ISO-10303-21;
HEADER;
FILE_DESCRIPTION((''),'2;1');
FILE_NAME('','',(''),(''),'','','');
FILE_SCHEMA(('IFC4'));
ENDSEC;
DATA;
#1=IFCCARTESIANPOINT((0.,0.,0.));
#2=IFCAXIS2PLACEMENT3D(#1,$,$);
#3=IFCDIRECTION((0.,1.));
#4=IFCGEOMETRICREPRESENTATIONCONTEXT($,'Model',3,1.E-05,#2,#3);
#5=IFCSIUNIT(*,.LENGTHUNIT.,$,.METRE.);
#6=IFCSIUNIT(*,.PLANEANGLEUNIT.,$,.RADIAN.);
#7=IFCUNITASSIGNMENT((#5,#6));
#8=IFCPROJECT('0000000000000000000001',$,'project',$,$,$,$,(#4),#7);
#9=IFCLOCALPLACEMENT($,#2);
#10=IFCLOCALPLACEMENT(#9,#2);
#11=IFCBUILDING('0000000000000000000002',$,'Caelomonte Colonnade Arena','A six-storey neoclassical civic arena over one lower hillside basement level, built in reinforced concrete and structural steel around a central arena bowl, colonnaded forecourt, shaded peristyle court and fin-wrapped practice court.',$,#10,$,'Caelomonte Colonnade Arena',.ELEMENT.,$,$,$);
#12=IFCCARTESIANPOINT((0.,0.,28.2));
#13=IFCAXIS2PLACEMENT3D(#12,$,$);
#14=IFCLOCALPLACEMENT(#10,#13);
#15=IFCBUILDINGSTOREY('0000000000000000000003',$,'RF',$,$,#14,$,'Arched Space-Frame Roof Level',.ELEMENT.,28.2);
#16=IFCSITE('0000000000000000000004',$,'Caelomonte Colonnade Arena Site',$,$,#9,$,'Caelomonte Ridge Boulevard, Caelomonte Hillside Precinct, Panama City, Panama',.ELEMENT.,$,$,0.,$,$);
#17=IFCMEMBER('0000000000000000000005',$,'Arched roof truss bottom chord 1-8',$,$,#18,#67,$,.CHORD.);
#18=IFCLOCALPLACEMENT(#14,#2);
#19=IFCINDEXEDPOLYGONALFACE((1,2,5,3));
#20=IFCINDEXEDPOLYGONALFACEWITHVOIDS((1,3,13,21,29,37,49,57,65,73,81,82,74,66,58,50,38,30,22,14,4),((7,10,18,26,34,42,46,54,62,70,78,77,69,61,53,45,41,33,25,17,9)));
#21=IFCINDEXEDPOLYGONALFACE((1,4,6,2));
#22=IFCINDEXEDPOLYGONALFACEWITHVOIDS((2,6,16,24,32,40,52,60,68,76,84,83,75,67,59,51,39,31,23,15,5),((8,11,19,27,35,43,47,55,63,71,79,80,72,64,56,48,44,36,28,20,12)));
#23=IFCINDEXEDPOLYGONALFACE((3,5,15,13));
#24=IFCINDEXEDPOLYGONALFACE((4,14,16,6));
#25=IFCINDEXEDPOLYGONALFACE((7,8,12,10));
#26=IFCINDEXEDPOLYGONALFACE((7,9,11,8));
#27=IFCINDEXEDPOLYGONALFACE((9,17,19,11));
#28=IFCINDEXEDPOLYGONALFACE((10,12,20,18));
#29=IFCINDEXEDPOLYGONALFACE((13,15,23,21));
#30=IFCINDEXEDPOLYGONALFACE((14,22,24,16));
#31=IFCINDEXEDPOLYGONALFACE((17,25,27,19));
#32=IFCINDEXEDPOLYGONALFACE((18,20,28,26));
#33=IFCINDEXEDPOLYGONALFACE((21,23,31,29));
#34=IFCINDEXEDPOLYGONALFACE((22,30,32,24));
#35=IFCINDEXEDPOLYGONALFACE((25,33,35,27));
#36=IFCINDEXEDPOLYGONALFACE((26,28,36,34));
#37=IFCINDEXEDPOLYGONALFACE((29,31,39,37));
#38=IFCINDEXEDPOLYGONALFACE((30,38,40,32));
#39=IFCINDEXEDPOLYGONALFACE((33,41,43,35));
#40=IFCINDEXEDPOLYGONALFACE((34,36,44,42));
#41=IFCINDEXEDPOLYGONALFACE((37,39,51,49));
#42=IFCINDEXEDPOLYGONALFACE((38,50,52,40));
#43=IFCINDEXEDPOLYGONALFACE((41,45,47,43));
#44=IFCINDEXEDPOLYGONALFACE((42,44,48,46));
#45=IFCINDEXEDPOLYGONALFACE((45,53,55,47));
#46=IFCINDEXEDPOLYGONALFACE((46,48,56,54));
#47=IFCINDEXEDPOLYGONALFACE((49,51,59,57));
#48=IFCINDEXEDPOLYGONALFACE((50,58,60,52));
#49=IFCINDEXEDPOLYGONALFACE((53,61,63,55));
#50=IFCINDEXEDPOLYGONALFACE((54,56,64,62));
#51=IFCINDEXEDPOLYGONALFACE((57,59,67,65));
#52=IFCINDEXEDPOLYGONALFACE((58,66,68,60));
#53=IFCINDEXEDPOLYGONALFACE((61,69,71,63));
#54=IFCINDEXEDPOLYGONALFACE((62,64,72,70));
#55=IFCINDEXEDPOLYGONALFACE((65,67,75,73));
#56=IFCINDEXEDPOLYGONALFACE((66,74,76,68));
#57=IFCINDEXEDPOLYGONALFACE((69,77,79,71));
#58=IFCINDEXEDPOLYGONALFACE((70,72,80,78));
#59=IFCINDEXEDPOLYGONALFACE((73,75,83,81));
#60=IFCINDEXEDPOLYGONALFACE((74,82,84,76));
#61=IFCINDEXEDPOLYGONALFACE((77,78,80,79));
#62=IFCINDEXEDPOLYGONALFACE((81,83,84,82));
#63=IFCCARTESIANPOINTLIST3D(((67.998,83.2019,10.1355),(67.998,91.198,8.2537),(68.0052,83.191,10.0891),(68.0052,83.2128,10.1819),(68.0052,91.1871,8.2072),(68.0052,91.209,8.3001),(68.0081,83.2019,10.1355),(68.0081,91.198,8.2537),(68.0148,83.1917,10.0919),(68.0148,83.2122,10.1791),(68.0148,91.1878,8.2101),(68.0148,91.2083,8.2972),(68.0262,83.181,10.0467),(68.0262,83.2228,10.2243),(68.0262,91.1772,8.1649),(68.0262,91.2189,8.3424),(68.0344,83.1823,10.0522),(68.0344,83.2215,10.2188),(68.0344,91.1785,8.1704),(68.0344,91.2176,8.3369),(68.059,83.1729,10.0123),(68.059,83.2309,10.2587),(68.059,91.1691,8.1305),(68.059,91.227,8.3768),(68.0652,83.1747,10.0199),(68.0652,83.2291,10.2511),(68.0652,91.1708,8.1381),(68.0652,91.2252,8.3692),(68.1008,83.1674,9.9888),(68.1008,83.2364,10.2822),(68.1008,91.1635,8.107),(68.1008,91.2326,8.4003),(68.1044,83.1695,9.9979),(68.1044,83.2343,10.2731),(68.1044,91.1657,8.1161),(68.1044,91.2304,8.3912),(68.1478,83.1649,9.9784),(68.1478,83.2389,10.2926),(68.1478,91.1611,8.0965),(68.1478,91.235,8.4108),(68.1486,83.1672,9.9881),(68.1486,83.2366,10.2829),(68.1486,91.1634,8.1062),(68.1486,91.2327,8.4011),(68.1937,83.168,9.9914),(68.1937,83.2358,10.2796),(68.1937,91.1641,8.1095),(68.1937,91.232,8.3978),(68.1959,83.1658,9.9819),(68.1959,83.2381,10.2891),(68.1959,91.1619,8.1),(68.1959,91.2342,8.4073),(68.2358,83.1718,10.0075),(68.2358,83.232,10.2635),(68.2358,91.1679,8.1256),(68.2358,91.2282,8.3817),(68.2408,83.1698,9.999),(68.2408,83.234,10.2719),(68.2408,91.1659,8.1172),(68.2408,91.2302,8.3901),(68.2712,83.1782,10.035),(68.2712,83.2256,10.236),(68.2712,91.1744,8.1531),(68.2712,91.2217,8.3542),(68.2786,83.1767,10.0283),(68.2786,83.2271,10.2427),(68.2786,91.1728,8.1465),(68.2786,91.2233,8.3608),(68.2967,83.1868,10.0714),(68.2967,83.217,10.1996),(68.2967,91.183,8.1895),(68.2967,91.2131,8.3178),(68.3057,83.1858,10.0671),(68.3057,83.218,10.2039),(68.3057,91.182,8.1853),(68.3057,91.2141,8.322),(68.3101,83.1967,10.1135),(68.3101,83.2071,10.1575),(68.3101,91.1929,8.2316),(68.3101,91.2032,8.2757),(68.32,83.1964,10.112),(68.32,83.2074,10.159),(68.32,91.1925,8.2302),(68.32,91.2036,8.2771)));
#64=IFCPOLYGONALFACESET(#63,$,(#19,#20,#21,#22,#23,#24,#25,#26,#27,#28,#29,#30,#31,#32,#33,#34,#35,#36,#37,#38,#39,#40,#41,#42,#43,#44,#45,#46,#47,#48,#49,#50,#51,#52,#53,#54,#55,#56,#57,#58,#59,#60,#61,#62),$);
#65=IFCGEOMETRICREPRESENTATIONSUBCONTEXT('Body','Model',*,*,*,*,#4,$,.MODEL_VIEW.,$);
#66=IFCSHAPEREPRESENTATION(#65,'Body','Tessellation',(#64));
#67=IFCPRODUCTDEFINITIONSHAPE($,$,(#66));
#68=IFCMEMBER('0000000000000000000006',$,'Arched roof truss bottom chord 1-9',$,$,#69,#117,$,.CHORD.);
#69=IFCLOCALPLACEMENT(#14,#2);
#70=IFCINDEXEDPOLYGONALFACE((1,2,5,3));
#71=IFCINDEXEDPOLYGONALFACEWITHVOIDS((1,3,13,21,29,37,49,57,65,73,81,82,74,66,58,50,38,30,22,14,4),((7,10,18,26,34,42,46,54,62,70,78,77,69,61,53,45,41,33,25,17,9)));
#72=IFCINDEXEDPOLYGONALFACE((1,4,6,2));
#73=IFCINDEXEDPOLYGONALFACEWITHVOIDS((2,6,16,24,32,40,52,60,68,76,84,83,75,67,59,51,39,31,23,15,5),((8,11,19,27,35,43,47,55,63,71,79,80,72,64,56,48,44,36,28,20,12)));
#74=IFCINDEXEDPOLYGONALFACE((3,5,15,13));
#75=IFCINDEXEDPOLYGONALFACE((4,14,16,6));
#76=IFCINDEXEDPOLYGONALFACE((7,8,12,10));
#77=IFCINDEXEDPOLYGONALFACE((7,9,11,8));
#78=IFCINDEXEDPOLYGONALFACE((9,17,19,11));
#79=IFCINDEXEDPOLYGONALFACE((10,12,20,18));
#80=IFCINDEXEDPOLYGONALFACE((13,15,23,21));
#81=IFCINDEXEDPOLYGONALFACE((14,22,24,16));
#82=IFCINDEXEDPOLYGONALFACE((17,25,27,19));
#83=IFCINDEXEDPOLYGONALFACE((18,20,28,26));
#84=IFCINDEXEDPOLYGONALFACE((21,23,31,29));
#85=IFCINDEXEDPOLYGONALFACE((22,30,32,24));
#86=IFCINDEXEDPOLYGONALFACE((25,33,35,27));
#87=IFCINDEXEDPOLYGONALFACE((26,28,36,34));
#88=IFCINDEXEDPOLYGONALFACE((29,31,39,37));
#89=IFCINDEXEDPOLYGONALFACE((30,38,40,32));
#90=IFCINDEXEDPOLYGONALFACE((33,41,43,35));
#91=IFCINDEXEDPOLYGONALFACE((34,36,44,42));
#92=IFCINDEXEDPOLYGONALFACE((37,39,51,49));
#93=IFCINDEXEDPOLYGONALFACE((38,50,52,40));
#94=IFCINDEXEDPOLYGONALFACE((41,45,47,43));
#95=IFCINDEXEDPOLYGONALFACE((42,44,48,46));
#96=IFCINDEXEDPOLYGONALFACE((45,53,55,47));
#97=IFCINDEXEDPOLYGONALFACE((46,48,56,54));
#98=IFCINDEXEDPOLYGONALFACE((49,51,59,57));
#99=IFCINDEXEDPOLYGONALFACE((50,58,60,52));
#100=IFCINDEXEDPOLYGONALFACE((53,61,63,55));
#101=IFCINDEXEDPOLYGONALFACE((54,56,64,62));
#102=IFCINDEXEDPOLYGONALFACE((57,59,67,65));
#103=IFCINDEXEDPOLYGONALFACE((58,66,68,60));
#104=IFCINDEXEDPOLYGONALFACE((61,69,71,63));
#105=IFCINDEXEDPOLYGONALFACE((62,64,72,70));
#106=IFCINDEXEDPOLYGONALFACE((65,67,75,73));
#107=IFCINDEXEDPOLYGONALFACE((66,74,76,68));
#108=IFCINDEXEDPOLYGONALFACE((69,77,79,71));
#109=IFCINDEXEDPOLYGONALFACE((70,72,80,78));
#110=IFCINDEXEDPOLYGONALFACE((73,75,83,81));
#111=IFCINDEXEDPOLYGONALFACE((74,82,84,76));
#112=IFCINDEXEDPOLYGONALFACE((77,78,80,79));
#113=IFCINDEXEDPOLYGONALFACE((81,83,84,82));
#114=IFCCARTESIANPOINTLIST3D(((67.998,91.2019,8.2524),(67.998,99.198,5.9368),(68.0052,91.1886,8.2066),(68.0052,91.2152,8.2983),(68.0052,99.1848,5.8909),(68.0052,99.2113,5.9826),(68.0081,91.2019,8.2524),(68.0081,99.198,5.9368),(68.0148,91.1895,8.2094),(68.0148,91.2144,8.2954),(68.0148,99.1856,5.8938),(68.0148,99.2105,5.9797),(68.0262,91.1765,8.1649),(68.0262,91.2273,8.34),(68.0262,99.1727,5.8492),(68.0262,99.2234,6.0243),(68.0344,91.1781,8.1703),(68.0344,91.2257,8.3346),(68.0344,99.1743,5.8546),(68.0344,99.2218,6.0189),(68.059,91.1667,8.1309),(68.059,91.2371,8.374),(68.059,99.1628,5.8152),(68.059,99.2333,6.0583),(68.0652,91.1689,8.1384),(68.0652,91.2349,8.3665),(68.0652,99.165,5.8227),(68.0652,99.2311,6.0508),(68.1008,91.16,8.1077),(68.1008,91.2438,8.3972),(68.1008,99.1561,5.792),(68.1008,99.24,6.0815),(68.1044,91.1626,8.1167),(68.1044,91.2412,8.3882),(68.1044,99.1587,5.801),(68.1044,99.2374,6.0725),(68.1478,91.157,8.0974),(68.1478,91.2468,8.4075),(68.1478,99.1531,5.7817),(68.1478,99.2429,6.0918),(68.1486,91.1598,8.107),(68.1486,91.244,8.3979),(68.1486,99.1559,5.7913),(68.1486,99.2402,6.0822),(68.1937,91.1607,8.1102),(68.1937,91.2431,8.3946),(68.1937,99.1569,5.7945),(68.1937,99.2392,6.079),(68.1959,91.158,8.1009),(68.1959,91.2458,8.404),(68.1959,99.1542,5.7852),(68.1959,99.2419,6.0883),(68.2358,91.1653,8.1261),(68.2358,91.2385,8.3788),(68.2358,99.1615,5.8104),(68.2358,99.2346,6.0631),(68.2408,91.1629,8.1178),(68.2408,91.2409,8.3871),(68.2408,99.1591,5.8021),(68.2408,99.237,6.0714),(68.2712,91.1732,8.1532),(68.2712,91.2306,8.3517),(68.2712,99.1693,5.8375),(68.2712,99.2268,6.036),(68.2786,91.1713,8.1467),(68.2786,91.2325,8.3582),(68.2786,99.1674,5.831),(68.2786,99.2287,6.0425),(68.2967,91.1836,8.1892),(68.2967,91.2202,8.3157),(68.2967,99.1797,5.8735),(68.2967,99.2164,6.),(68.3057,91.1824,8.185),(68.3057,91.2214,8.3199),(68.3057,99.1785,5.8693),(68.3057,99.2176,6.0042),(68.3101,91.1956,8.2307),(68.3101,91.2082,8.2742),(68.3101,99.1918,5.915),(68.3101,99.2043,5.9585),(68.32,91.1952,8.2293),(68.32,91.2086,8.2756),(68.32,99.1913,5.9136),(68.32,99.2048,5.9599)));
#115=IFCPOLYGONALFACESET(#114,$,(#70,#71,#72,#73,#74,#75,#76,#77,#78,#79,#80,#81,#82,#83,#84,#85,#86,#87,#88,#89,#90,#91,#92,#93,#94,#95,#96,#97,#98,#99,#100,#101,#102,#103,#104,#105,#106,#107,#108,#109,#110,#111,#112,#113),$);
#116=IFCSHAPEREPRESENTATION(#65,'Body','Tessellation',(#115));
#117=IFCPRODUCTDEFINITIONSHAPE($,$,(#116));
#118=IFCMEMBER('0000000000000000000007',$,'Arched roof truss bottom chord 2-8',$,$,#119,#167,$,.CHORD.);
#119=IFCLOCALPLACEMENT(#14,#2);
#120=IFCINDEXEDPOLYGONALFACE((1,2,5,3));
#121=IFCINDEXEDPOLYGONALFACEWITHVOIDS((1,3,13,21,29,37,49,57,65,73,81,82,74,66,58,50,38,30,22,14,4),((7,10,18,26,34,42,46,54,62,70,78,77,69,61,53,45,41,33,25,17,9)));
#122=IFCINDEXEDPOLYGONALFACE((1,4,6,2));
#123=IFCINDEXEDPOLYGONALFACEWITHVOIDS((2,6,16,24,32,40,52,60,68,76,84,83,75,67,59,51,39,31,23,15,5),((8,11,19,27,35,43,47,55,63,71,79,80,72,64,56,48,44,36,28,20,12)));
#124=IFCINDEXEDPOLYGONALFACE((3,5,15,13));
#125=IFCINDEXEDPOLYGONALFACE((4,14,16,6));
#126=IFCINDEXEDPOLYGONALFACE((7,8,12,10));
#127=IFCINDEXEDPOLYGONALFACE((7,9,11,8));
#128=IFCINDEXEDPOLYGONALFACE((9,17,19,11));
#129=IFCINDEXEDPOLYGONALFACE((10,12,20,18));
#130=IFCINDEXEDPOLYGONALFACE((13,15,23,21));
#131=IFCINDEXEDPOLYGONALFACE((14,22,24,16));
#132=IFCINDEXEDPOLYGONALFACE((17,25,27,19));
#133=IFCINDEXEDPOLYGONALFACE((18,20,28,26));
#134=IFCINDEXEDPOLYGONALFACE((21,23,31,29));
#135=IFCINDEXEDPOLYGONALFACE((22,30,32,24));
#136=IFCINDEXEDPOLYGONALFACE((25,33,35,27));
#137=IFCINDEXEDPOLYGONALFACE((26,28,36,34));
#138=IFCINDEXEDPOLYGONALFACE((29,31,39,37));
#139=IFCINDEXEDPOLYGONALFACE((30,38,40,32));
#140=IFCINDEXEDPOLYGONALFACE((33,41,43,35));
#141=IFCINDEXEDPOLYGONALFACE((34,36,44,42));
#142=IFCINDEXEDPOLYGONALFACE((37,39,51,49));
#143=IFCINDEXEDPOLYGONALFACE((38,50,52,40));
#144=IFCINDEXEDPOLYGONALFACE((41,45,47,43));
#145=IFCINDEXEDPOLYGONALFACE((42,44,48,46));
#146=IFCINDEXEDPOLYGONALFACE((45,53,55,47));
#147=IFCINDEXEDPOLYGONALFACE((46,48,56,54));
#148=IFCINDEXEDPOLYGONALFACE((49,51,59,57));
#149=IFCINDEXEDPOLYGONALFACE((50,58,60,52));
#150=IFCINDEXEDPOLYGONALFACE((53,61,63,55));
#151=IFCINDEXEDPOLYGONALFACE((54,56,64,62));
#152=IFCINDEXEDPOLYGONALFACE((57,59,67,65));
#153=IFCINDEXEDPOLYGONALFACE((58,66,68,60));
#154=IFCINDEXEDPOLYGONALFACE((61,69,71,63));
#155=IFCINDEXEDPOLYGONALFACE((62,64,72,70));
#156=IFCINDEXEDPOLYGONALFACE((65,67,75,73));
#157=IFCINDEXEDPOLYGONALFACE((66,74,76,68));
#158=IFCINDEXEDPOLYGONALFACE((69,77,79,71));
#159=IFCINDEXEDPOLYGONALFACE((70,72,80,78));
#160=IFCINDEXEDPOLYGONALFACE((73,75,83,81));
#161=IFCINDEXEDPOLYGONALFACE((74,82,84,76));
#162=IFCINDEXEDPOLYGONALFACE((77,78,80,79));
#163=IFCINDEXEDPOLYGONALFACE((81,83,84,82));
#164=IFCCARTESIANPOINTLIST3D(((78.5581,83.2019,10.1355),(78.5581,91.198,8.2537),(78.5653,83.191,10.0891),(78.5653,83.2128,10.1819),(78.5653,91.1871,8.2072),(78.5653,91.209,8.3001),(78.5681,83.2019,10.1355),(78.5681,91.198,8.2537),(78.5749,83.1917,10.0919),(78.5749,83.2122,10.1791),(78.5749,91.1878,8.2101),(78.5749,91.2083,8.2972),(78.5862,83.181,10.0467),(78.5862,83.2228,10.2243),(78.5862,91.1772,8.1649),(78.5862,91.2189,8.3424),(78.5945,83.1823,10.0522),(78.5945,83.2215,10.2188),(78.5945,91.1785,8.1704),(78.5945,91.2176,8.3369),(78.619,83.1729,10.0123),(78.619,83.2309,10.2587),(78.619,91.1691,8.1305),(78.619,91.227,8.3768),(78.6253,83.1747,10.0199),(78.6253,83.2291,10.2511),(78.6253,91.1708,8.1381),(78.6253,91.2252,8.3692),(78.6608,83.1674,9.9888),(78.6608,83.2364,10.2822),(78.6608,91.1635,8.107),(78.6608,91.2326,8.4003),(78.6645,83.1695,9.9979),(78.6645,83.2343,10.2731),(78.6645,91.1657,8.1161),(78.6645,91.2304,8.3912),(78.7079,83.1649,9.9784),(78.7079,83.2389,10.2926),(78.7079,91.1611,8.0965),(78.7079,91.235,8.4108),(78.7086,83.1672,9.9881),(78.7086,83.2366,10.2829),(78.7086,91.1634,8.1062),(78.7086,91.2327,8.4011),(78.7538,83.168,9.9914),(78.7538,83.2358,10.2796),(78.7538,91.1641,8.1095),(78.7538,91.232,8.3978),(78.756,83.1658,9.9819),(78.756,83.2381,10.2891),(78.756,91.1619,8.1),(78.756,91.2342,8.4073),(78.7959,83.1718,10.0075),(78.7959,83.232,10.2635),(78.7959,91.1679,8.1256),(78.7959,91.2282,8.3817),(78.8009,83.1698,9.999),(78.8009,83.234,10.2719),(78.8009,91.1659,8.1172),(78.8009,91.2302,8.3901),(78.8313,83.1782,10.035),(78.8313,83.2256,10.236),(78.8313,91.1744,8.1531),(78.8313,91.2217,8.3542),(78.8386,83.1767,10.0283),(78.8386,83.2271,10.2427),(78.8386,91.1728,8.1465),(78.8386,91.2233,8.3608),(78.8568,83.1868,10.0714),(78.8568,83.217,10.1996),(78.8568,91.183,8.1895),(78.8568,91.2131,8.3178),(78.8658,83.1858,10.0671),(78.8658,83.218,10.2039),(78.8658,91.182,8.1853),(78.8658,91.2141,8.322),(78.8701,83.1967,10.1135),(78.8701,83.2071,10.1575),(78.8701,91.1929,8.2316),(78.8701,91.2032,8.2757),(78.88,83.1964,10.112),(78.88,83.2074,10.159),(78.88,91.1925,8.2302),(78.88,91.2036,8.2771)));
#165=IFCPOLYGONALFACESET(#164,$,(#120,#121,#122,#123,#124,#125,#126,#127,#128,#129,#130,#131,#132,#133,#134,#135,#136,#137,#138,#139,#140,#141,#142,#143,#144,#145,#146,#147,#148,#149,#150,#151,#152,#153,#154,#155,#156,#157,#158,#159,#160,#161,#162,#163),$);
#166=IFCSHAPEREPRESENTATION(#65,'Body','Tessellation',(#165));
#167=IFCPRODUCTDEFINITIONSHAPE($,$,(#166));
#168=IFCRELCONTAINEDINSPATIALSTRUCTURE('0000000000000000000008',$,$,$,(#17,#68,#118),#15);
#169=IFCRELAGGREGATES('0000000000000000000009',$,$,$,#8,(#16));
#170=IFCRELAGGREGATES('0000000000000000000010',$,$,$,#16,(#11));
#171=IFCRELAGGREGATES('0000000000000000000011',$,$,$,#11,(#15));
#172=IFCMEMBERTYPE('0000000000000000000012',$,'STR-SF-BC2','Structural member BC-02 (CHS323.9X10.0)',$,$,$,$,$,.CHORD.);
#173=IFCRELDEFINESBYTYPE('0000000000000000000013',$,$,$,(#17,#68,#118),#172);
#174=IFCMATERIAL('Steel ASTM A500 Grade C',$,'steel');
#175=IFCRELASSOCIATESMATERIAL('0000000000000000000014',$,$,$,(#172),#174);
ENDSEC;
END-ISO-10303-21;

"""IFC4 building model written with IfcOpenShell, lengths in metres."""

from ifc_helpers import new_model, si_unit, direction, frame, origin, origin_2d, place, context, subcontext, project, spatial, hollow_circle, extrude, material, material_profile, profile_set, type_object, element, save


model = new_model("IFC4")

# Units and contexts
model_context = context("Model", 3, precision=1e-05, world=origin(), true_north=direction((0.0, 1.0)))
body_context = subcontext(model_context, "Body", "Model", "MODEL_VIEW")
ifc_project = project(units=[si_unit("LENGTHUNIT", "METRE"), si_unit("PLANEANGLEUNIT", "RADIAN")], contexts=[model_context])

# Site, building, storey
site_placement = place(None, origin())
site = spatial("IfcSite", under=ifc_project, at=site_placement, Name="Caelomonte Colonnade Arena Site", LongName="Caelomonte Ridge Boulevard, Caelomonte Hillside Precinct, Panama City, Panama", CompositionType="ELEMENT", RefElevation=0.0)
building_placement = place(site_placement, origin())
building = spatial("IfcBuilding", under=site, at=building_placement, Name="Caelomonte Colonnade Arena", Description="A six-storey neoclassical civic arena over one lower hillside basement level, built in reinforced concrete and structural steel around a central arena bowl, colonnaded forecourt, shaded peristyle court and fin-wrapped practice court.", LongName="Caelomonte Colonnade Arena", CompositionType="ELEMENT")
storey_placement = place(building_placement, frame((0.0, 0.0, 28.2)))
storey = spatial("IfcBuildingStorey", under=building, at=storey_placement, Name="RF", LongName="Arched Space-Frame Roof Level", CompositionType="ELEMENT", Elevation=28.2)

# Members
ifc_material_1 = material(Name="Steel ASTM A500 Grade C", Category="steel")
ifc_material_profile_1 = material_profile(ifc_material_1, hollow_circle(Radius=0.1619, WallThickness=0.01, at=origin_2d()), Name="CHS323.9X10.0")
ifc_profile_set_1 = profile_set([ifc_material_profile_1], Name="Steel ASTM A500 Grade C")
member_type_1 = type_object("IfcMemberType", Name="STR-SF-BC2", Description="Structural member BC-02 (CHS323.9X10.0)", PredefinedType="CHORD", material=ifc_profile_set_1)
member_1_placement = place(storey_placement, frame((68.1599, 83.2019, 10.1355), z_axis=(0.0, 0.973406, -0.229086), x_axis=(-1.0, 0.0, 0.0)))
element("IfcMember", 1, at=member_1_placement, inside=storey, type_object=member_type_1, Name="Arched roof truss bottom chord 1-8", PredefinedType="CHORD", context=body_context, shape_type="SweptSolid", body=[
    extrude(hollow_circle(Radius=0.1619, WallThickness=0.01, at=origin_2d()), origin(), (0.0, 0.0, 1.0), 8.2146),
])
member_2_placement = place(storey_placement, frame((68.1599, 91.2019, 8.2524), z_axis=(0.0, 0.960532, -0.278171), x_axis=(-1.0, 0.0, 0.0)))
element("IfcMember", 2, at=member_2_placement, inside=storey, type_object=member_type_1, Name="Arched roof truss bottom chord 1-9", PredefinedType="CHORD", context=body_context, shape_type="SweptSolid", body=[
    extrude(hollow_circle(Radius=0.1619, WallThickness=0.01, at=origin_2d()), origin(), (0.0, 0.0, 1.0), 8.3247),
])
member_3_placement = place(storey_placement, frame((78.72, 83.2019, 10.1355), z_axis=(0.0, 0.973406, -0.229086), x_axis=(-1.0, 0.0, 0.0)))
element("IfcMember", 3, at=member_3_placement, inside=storey, type_object=member_type_1, Name="Arched roof truss bottom chord 2-8", PredefinedType="CHORD", context=body_context, shape_type="SweptSolid", body=[
    extrude(hollow_circle(Radius=0.1619, WallThickness=0.01, at=origin_2d()), origin(), (0.0, 0.0, 1.0), 8.2146),
])

save(model, "model.ifc")
